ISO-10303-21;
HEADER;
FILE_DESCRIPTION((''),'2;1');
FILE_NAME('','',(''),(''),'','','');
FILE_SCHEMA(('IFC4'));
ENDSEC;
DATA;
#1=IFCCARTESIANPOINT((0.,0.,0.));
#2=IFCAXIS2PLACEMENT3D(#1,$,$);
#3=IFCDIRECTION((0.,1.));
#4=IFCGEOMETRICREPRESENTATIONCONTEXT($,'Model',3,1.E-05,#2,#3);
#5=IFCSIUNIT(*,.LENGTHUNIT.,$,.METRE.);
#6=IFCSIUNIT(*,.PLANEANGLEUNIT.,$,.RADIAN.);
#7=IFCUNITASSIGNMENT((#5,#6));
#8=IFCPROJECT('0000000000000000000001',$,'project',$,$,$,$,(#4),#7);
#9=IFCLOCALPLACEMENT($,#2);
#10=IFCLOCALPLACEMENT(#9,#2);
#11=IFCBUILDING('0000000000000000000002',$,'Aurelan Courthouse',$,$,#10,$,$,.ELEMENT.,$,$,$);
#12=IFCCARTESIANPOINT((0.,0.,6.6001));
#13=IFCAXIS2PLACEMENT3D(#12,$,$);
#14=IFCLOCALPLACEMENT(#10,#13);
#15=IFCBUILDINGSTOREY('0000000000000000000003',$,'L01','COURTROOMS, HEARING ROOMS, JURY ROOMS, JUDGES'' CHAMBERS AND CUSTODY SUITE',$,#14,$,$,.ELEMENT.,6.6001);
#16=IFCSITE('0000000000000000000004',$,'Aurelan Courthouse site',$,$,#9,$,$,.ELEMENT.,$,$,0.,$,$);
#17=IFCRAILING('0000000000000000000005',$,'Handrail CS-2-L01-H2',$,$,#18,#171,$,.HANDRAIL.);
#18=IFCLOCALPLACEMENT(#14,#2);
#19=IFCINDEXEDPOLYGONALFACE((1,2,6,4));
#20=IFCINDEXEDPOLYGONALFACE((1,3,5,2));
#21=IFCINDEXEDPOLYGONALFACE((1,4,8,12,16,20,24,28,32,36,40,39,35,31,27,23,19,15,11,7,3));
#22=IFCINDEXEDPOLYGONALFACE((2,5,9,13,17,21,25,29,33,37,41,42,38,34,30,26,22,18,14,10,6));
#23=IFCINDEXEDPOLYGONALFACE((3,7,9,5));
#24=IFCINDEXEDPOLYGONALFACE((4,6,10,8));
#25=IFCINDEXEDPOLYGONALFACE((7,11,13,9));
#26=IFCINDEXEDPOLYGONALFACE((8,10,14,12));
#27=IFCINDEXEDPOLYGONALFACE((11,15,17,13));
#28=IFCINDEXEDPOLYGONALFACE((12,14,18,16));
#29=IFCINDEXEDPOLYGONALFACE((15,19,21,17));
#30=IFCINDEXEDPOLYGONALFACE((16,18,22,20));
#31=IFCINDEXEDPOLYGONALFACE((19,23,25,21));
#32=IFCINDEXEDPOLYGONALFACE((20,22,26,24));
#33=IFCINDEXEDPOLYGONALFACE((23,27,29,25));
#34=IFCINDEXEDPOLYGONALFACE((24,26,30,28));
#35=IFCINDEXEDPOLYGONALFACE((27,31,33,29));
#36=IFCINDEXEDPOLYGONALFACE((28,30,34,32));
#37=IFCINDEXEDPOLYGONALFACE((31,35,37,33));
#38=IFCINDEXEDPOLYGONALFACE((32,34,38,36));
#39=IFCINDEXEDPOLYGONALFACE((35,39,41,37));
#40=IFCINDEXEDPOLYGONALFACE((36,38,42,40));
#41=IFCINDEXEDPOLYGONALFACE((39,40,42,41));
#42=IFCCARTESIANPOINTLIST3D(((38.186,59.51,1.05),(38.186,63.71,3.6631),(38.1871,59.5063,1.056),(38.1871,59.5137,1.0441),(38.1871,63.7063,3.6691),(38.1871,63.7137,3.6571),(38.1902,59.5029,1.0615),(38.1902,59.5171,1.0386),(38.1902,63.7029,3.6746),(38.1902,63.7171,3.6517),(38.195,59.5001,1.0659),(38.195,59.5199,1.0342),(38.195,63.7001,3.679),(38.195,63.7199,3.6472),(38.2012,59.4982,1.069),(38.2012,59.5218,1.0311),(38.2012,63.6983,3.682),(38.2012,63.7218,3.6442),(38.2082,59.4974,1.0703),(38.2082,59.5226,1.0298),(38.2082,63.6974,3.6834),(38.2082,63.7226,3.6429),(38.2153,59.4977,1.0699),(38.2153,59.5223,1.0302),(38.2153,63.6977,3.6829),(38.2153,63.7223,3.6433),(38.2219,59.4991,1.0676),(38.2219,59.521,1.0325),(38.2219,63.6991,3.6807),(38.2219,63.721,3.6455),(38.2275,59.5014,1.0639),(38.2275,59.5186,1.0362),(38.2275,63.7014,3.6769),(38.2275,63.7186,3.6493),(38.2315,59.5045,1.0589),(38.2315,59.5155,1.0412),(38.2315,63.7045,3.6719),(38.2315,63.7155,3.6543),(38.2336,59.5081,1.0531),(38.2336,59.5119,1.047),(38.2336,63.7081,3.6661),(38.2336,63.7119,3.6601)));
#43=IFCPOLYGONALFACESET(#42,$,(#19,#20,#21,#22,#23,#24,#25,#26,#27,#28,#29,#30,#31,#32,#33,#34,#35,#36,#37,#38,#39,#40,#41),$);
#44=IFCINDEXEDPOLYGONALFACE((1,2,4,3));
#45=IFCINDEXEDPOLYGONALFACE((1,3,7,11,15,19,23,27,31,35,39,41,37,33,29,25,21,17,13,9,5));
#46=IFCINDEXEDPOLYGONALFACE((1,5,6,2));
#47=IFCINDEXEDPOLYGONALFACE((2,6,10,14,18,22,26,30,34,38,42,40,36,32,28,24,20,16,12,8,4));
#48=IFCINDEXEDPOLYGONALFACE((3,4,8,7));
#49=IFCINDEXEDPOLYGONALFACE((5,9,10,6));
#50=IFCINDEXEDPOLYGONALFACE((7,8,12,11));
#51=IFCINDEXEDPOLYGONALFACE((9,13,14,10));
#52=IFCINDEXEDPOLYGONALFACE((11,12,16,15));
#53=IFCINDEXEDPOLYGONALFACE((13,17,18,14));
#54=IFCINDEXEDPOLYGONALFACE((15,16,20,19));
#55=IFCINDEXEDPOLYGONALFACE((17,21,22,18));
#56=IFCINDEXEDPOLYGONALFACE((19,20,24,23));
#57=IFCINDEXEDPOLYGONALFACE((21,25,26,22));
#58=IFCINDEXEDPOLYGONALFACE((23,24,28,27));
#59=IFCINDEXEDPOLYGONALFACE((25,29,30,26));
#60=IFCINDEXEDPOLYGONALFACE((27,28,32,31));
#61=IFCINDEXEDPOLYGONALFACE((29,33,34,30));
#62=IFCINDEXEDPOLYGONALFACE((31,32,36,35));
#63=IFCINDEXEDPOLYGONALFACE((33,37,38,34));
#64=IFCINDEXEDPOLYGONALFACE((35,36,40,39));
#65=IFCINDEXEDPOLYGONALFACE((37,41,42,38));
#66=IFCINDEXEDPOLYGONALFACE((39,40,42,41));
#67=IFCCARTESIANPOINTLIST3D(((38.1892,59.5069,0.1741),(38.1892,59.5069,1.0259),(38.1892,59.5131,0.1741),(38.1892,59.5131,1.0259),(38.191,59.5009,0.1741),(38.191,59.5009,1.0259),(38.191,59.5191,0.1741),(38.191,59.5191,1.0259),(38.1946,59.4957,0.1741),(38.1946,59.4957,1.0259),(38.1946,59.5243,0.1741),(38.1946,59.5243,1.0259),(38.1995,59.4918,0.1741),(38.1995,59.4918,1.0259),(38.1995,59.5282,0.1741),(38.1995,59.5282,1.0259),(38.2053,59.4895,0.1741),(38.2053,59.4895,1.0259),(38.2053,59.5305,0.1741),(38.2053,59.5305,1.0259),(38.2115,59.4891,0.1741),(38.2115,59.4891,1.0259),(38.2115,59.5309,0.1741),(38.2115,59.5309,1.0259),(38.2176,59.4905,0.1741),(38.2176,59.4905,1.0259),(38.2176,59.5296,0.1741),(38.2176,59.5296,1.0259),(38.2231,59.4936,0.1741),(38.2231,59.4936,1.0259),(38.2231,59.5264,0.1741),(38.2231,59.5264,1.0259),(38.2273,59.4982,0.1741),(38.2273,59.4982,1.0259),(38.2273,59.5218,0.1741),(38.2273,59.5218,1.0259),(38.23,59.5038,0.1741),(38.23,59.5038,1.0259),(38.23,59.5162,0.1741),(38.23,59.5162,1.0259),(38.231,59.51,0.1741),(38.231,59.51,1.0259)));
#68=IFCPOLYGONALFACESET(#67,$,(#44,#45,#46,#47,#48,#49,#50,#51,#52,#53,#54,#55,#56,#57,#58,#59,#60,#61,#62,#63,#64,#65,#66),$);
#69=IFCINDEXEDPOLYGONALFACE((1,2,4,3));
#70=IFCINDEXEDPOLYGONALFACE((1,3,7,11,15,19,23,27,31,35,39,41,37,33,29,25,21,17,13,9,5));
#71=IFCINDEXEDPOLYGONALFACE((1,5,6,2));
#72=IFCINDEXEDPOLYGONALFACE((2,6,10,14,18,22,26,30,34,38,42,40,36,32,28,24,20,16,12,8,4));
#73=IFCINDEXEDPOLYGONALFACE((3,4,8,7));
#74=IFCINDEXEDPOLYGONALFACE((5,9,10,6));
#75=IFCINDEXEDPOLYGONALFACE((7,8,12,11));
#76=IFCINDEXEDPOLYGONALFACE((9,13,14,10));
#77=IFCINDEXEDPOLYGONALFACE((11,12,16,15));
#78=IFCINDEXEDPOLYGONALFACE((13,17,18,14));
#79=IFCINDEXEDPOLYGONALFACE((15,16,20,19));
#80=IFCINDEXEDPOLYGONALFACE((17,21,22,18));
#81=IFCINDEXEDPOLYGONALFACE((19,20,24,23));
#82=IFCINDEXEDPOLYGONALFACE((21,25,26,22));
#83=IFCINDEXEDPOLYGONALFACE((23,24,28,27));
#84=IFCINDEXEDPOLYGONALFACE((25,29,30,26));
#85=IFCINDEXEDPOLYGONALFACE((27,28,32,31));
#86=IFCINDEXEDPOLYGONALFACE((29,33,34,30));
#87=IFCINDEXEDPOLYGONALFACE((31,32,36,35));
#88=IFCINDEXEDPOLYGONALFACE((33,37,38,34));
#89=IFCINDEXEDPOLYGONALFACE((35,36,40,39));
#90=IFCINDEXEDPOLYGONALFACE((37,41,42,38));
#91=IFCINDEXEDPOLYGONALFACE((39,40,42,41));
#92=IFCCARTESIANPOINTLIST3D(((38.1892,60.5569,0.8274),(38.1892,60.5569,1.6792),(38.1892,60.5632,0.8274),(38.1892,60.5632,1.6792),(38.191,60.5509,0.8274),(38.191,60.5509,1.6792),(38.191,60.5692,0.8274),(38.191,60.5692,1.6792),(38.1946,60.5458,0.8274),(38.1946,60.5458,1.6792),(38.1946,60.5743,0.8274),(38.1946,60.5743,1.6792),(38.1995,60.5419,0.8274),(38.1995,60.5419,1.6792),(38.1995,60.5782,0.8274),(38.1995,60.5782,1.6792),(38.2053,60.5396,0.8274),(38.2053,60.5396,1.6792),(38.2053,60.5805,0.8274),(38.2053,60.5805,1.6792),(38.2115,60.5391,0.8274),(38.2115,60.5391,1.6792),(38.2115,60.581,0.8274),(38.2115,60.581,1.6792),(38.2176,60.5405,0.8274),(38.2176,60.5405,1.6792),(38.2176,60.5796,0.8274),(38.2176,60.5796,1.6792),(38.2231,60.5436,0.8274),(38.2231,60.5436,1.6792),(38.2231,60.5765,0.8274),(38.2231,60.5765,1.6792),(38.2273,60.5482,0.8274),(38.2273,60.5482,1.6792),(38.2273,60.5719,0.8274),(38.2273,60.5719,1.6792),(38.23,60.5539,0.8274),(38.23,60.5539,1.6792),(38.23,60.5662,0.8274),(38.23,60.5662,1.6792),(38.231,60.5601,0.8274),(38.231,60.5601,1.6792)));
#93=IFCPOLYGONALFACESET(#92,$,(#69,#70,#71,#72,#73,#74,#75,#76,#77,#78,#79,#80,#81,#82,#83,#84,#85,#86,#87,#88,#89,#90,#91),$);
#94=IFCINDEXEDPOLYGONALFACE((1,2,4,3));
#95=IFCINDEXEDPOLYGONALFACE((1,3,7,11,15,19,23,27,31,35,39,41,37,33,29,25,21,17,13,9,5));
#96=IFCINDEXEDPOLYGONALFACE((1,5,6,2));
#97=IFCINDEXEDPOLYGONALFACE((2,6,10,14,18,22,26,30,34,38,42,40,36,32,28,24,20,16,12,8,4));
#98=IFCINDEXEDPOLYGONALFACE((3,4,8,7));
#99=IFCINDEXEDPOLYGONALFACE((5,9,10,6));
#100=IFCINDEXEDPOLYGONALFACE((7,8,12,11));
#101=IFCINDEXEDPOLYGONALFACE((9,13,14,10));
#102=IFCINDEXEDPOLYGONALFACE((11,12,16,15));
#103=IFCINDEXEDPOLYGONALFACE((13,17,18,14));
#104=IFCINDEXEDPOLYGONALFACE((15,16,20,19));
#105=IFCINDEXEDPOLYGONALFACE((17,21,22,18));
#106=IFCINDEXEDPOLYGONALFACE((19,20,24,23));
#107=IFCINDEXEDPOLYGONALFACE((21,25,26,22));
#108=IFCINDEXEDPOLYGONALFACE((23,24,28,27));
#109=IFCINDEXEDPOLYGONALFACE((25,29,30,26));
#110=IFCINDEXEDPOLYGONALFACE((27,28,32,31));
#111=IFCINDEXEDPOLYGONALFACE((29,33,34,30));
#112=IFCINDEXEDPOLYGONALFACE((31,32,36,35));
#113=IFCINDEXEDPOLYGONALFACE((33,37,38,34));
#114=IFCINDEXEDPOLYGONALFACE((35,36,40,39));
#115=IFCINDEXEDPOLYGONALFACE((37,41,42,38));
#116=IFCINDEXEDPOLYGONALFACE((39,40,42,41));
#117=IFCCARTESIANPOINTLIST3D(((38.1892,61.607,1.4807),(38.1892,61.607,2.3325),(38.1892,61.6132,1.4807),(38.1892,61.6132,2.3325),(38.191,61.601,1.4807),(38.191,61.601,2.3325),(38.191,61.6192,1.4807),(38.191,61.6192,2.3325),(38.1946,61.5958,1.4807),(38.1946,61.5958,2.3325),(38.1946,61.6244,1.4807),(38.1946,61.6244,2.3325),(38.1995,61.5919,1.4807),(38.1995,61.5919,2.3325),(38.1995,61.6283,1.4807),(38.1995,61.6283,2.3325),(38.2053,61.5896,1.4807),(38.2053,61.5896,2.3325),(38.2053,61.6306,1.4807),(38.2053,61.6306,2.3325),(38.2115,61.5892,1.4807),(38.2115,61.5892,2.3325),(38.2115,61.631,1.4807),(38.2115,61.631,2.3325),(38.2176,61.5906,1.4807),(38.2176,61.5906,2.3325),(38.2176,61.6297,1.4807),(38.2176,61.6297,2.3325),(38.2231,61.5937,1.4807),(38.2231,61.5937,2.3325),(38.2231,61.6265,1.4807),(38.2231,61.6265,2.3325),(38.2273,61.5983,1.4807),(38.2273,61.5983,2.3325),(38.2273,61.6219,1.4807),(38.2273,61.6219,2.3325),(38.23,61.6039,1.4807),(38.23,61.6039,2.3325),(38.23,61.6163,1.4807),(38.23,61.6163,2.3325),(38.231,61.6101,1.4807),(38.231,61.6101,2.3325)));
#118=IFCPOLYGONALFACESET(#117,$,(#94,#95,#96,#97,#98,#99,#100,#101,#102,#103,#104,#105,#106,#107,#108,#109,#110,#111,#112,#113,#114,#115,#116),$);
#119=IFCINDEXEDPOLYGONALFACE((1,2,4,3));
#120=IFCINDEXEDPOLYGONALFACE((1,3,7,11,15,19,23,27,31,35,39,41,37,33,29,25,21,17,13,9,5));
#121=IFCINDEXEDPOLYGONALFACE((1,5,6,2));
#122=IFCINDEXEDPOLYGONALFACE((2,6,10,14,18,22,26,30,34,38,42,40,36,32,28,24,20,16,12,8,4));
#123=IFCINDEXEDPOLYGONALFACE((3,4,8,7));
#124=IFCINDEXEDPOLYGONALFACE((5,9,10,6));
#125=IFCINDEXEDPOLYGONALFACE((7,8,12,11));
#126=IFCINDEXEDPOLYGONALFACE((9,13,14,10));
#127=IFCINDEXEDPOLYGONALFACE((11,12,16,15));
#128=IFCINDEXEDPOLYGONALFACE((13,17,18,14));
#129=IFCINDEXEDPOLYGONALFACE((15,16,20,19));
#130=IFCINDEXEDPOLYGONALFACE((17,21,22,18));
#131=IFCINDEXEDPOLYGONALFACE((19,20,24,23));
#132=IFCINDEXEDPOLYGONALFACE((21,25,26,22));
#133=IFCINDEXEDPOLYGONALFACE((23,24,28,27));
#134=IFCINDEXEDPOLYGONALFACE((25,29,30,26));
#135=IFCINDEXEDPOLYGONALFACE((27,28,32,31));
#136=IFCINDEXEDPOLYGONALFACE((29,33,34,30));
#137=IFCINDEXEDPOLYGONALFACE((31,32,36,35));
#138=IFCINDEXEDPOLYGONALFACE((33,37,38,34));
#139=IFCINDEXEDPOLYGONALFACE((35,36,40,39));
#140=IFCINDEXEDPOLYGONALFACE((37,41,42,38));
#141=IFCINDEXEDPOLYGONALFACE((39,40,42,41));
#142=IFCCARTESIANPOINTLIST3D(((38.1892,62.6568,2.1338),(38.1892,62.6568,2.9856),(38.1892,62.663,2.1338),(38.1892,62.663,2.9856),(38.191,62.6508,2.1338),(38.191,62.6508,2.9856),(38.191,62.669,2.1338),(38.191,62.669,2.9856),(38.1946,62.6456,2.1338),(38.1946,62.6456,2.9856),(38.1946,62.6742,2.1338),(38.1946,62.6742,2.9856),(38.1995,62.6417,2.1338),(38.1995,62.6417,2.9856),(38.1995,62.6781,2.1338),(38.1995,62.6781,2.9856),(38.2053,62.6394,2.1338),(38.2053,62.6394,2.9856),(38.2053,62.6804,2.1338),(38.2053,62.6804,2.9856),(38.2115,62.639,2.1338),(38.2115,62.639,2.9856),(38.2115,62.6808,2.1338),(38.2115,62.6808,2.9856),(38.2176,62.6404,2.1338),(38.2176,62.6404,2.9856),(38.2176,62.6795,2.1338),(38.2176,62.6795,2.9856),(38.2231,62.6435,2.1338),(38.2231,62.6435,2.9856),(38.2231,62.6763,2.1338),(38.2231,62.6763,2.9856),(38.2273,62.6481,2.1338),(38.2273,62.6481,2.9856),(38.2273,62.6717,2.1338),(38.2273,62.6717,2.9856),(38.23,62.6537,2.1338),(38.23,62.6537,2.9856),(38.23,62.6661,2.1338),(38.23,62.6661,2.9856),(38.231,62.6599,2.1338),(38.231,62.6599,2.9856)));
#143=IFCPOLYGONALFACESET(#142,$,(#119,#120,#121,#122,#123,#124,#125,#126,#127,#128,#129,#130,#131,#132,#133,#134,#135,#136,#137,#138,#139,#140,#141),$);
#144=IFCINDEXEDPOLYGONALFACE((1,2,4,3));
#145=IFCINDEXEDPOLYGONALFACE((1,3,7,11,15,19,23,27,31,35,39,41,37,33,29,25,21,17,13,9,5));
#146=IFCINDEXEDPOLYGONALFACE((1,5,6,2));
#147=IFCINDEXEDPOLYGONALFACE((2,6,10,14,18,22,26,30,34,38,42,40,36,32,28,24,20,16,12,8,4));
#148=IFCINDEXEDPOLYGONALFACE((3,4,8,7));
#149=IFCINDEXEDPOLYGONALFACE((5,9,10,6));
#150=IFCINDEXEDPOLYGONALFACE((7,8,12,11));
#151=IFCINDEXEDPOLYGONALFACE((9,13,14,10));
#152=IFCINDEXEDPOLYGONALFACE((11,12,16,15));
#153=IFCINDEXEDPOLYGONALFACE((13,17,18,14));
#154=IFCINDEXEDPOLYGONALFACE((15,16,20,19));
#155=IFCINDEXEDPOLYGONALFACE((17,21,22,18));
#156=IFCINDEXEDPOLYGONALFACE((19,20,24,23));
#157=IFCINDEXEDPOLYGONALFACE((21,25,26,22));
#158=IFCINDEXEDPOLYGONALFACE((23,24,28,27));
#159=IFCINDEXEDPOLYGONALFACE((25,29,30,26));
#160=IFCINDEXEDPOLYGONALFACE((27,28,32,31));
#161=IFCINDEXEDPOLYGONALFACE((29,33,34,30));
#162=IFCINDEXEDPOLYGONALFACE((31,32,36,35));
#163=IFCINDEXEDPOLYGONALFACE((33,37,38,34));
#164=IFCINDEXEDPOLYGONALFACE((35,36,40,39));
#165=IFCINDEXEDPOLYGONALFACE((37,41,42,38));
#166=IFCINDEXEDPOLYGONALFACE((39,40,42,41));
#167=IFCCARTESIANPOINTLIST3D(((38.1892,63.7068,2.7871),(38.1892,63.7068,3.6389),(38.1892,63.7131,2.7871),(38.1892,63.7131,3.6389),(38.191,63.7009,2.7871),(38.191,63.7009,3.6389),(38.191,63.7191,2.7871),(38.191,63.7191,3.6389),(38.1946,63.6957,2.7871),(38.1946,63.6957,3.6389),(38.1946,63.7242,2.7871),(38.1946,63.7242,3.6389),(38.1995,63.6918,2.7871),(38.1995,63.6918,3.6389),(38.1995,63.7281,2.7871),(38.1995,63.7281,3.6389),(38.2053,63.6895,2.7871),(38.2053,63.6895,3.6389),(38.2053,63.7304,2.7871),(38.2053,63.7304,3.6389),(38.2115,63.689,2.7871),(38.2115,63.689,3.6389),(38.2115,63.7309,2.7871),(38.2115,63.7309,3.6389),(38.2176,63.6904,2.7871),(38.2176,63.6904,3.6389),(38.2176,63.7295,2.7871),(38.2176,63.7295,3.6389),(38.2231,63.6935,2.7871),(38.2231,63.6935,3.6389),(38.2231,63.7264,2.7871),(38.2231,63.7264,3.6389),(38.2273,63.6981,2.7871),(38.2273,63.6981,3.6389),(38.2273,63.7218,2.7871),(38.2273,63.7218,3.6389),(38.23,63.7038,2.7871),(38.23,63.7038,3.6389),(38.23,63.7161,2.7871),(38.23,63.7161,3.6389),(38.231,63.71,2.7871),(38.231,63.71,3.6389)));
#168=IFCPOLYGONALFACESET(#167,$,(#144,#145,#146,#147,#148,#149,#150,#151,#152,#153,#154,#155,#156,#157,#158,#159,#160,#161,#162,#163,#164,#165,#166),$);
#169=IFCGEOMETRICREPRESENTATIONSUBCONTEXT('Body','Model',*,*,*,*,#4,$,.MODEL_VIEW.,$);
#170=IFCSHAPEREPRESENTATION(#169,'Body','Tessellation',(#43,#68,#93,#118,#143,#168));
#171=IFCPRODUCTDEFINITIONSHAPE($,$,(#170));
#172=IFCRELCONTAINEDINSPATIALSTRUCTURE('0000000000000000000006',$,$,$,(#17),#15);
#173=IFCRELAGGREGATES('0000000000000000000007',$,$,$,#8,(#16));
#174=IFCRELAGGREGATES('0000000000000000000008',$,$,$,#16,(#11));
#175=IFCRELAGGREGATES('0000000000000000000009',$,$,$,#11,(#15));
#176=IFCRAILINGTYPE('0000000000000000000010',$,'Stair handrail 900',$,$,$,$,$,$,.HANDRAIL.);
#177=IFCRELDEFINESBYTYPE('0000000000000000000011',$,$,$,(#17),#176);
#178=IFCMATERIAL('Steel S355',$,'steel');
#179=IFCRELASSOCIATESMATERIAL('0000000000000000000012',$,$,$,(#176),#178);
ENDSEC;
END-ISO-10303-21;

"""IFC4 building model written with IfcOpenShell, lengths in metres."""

from ifc_helpers import new_model, si_unit, direction, frame, origin, origin_2d, place, context, subcontext, project, spatial, circle, extrude, material, type_object, element, save


model = new_model("IFC4")

# Units and contexts
model_context = context("Model", 3, precision=1e-05, world=origin(), true_north=direction((0.0, 1.0)))
body_context = subcontext(model_context, "Body", "Model", "MODEL_VIEW")
ifc_project = project(units=[si_unit("LENGTHUNIT", "METRE"), si_unit("PLANEANGLEUNIT", "RADIAN")], contexts=[model_context])

# Site, building, storey
site_placement = place(None, origin())
site = spatial("IfcSite", under=ifc_project, at=site_placement, Name="Aurelan Courthouse site", CompositionType="ELEMENT", RefElevation=0.0)
building_placement = place(site_placement, origin())
building = spatial("IfcBuilding", under=site, at=building_placement, Name="Aurelan Courthouse", CompositionType="ELEMENT")
storey_placement = place(building_placement, frame((0.0, 0.0, 6.6001)))
storey = spatial("IfcBuildingStorey", under=building, at=storey_placement, Name="L01", Description="COURTROOMS, HEARING ROOMS, JURY ROOMS, JUDGES' CHAMBERS AND CUSTODY SUITE", CompositionType="ELEMENT", Elevation=6.6001)

# Railing
ifc_material_1 = material(Name="Steel S355", Category="steel")
railing_type = type_object("IfcRailingType", Name="Stair handrail 900", PredefinedType="HANDRAIL", material=ifc_material_1)
for number, where, name in (
    (1, (38.21, 59.51, 0.1741), "Handrail CS-2-L01-H2"),
):
    element("IfcRailing", number, at=place(storey_placement, frame(where)), inside=storey, type_object=railing_type, Name=name, PredefinedType="HANDRAIL", context=body_context, shape_type="SweptSolid", body=[
        extrude(circle(Radius=0.0239, at=origin_2d()), frame((0.0, 0.0, 0.876), z_axis=(0.0, 0.849081, 0.528263), x_axis=(-1.0, 0.0, 0.0)), (0.0, 0.0, 1.0), 4.9465),
        extrude(circle(Radius=0.021, at=origin_2d()), origin(), (0.0, 0.0, 1.0), 0.8518),
        extrude(circle(Radius=0.021, at=origin_2d()), frame((0.0, 1.05, 0.6533)), (0.0, 0.0, 1.0), 0.8518),
        extrude(circle(Radius=0.021, at=origin_2d()), frame((0.0, 2.1001, 1.3066)), (0.0, 0.0, 1.0), 0.8518),
        extrude(circle(Radius=0.021, at=origin_2d()), frame((0.0, 3.1499, 1.9597)), (0.0, 0.0, 1.0), 0.8518),
        extrude(circle(Radius=0.021, at=origin_2d()), frame((0.0, 4.2, 2.613)), (0.0, 0.0, 1.0), 0.8518),
    ])

save(model, "model.ifc")
